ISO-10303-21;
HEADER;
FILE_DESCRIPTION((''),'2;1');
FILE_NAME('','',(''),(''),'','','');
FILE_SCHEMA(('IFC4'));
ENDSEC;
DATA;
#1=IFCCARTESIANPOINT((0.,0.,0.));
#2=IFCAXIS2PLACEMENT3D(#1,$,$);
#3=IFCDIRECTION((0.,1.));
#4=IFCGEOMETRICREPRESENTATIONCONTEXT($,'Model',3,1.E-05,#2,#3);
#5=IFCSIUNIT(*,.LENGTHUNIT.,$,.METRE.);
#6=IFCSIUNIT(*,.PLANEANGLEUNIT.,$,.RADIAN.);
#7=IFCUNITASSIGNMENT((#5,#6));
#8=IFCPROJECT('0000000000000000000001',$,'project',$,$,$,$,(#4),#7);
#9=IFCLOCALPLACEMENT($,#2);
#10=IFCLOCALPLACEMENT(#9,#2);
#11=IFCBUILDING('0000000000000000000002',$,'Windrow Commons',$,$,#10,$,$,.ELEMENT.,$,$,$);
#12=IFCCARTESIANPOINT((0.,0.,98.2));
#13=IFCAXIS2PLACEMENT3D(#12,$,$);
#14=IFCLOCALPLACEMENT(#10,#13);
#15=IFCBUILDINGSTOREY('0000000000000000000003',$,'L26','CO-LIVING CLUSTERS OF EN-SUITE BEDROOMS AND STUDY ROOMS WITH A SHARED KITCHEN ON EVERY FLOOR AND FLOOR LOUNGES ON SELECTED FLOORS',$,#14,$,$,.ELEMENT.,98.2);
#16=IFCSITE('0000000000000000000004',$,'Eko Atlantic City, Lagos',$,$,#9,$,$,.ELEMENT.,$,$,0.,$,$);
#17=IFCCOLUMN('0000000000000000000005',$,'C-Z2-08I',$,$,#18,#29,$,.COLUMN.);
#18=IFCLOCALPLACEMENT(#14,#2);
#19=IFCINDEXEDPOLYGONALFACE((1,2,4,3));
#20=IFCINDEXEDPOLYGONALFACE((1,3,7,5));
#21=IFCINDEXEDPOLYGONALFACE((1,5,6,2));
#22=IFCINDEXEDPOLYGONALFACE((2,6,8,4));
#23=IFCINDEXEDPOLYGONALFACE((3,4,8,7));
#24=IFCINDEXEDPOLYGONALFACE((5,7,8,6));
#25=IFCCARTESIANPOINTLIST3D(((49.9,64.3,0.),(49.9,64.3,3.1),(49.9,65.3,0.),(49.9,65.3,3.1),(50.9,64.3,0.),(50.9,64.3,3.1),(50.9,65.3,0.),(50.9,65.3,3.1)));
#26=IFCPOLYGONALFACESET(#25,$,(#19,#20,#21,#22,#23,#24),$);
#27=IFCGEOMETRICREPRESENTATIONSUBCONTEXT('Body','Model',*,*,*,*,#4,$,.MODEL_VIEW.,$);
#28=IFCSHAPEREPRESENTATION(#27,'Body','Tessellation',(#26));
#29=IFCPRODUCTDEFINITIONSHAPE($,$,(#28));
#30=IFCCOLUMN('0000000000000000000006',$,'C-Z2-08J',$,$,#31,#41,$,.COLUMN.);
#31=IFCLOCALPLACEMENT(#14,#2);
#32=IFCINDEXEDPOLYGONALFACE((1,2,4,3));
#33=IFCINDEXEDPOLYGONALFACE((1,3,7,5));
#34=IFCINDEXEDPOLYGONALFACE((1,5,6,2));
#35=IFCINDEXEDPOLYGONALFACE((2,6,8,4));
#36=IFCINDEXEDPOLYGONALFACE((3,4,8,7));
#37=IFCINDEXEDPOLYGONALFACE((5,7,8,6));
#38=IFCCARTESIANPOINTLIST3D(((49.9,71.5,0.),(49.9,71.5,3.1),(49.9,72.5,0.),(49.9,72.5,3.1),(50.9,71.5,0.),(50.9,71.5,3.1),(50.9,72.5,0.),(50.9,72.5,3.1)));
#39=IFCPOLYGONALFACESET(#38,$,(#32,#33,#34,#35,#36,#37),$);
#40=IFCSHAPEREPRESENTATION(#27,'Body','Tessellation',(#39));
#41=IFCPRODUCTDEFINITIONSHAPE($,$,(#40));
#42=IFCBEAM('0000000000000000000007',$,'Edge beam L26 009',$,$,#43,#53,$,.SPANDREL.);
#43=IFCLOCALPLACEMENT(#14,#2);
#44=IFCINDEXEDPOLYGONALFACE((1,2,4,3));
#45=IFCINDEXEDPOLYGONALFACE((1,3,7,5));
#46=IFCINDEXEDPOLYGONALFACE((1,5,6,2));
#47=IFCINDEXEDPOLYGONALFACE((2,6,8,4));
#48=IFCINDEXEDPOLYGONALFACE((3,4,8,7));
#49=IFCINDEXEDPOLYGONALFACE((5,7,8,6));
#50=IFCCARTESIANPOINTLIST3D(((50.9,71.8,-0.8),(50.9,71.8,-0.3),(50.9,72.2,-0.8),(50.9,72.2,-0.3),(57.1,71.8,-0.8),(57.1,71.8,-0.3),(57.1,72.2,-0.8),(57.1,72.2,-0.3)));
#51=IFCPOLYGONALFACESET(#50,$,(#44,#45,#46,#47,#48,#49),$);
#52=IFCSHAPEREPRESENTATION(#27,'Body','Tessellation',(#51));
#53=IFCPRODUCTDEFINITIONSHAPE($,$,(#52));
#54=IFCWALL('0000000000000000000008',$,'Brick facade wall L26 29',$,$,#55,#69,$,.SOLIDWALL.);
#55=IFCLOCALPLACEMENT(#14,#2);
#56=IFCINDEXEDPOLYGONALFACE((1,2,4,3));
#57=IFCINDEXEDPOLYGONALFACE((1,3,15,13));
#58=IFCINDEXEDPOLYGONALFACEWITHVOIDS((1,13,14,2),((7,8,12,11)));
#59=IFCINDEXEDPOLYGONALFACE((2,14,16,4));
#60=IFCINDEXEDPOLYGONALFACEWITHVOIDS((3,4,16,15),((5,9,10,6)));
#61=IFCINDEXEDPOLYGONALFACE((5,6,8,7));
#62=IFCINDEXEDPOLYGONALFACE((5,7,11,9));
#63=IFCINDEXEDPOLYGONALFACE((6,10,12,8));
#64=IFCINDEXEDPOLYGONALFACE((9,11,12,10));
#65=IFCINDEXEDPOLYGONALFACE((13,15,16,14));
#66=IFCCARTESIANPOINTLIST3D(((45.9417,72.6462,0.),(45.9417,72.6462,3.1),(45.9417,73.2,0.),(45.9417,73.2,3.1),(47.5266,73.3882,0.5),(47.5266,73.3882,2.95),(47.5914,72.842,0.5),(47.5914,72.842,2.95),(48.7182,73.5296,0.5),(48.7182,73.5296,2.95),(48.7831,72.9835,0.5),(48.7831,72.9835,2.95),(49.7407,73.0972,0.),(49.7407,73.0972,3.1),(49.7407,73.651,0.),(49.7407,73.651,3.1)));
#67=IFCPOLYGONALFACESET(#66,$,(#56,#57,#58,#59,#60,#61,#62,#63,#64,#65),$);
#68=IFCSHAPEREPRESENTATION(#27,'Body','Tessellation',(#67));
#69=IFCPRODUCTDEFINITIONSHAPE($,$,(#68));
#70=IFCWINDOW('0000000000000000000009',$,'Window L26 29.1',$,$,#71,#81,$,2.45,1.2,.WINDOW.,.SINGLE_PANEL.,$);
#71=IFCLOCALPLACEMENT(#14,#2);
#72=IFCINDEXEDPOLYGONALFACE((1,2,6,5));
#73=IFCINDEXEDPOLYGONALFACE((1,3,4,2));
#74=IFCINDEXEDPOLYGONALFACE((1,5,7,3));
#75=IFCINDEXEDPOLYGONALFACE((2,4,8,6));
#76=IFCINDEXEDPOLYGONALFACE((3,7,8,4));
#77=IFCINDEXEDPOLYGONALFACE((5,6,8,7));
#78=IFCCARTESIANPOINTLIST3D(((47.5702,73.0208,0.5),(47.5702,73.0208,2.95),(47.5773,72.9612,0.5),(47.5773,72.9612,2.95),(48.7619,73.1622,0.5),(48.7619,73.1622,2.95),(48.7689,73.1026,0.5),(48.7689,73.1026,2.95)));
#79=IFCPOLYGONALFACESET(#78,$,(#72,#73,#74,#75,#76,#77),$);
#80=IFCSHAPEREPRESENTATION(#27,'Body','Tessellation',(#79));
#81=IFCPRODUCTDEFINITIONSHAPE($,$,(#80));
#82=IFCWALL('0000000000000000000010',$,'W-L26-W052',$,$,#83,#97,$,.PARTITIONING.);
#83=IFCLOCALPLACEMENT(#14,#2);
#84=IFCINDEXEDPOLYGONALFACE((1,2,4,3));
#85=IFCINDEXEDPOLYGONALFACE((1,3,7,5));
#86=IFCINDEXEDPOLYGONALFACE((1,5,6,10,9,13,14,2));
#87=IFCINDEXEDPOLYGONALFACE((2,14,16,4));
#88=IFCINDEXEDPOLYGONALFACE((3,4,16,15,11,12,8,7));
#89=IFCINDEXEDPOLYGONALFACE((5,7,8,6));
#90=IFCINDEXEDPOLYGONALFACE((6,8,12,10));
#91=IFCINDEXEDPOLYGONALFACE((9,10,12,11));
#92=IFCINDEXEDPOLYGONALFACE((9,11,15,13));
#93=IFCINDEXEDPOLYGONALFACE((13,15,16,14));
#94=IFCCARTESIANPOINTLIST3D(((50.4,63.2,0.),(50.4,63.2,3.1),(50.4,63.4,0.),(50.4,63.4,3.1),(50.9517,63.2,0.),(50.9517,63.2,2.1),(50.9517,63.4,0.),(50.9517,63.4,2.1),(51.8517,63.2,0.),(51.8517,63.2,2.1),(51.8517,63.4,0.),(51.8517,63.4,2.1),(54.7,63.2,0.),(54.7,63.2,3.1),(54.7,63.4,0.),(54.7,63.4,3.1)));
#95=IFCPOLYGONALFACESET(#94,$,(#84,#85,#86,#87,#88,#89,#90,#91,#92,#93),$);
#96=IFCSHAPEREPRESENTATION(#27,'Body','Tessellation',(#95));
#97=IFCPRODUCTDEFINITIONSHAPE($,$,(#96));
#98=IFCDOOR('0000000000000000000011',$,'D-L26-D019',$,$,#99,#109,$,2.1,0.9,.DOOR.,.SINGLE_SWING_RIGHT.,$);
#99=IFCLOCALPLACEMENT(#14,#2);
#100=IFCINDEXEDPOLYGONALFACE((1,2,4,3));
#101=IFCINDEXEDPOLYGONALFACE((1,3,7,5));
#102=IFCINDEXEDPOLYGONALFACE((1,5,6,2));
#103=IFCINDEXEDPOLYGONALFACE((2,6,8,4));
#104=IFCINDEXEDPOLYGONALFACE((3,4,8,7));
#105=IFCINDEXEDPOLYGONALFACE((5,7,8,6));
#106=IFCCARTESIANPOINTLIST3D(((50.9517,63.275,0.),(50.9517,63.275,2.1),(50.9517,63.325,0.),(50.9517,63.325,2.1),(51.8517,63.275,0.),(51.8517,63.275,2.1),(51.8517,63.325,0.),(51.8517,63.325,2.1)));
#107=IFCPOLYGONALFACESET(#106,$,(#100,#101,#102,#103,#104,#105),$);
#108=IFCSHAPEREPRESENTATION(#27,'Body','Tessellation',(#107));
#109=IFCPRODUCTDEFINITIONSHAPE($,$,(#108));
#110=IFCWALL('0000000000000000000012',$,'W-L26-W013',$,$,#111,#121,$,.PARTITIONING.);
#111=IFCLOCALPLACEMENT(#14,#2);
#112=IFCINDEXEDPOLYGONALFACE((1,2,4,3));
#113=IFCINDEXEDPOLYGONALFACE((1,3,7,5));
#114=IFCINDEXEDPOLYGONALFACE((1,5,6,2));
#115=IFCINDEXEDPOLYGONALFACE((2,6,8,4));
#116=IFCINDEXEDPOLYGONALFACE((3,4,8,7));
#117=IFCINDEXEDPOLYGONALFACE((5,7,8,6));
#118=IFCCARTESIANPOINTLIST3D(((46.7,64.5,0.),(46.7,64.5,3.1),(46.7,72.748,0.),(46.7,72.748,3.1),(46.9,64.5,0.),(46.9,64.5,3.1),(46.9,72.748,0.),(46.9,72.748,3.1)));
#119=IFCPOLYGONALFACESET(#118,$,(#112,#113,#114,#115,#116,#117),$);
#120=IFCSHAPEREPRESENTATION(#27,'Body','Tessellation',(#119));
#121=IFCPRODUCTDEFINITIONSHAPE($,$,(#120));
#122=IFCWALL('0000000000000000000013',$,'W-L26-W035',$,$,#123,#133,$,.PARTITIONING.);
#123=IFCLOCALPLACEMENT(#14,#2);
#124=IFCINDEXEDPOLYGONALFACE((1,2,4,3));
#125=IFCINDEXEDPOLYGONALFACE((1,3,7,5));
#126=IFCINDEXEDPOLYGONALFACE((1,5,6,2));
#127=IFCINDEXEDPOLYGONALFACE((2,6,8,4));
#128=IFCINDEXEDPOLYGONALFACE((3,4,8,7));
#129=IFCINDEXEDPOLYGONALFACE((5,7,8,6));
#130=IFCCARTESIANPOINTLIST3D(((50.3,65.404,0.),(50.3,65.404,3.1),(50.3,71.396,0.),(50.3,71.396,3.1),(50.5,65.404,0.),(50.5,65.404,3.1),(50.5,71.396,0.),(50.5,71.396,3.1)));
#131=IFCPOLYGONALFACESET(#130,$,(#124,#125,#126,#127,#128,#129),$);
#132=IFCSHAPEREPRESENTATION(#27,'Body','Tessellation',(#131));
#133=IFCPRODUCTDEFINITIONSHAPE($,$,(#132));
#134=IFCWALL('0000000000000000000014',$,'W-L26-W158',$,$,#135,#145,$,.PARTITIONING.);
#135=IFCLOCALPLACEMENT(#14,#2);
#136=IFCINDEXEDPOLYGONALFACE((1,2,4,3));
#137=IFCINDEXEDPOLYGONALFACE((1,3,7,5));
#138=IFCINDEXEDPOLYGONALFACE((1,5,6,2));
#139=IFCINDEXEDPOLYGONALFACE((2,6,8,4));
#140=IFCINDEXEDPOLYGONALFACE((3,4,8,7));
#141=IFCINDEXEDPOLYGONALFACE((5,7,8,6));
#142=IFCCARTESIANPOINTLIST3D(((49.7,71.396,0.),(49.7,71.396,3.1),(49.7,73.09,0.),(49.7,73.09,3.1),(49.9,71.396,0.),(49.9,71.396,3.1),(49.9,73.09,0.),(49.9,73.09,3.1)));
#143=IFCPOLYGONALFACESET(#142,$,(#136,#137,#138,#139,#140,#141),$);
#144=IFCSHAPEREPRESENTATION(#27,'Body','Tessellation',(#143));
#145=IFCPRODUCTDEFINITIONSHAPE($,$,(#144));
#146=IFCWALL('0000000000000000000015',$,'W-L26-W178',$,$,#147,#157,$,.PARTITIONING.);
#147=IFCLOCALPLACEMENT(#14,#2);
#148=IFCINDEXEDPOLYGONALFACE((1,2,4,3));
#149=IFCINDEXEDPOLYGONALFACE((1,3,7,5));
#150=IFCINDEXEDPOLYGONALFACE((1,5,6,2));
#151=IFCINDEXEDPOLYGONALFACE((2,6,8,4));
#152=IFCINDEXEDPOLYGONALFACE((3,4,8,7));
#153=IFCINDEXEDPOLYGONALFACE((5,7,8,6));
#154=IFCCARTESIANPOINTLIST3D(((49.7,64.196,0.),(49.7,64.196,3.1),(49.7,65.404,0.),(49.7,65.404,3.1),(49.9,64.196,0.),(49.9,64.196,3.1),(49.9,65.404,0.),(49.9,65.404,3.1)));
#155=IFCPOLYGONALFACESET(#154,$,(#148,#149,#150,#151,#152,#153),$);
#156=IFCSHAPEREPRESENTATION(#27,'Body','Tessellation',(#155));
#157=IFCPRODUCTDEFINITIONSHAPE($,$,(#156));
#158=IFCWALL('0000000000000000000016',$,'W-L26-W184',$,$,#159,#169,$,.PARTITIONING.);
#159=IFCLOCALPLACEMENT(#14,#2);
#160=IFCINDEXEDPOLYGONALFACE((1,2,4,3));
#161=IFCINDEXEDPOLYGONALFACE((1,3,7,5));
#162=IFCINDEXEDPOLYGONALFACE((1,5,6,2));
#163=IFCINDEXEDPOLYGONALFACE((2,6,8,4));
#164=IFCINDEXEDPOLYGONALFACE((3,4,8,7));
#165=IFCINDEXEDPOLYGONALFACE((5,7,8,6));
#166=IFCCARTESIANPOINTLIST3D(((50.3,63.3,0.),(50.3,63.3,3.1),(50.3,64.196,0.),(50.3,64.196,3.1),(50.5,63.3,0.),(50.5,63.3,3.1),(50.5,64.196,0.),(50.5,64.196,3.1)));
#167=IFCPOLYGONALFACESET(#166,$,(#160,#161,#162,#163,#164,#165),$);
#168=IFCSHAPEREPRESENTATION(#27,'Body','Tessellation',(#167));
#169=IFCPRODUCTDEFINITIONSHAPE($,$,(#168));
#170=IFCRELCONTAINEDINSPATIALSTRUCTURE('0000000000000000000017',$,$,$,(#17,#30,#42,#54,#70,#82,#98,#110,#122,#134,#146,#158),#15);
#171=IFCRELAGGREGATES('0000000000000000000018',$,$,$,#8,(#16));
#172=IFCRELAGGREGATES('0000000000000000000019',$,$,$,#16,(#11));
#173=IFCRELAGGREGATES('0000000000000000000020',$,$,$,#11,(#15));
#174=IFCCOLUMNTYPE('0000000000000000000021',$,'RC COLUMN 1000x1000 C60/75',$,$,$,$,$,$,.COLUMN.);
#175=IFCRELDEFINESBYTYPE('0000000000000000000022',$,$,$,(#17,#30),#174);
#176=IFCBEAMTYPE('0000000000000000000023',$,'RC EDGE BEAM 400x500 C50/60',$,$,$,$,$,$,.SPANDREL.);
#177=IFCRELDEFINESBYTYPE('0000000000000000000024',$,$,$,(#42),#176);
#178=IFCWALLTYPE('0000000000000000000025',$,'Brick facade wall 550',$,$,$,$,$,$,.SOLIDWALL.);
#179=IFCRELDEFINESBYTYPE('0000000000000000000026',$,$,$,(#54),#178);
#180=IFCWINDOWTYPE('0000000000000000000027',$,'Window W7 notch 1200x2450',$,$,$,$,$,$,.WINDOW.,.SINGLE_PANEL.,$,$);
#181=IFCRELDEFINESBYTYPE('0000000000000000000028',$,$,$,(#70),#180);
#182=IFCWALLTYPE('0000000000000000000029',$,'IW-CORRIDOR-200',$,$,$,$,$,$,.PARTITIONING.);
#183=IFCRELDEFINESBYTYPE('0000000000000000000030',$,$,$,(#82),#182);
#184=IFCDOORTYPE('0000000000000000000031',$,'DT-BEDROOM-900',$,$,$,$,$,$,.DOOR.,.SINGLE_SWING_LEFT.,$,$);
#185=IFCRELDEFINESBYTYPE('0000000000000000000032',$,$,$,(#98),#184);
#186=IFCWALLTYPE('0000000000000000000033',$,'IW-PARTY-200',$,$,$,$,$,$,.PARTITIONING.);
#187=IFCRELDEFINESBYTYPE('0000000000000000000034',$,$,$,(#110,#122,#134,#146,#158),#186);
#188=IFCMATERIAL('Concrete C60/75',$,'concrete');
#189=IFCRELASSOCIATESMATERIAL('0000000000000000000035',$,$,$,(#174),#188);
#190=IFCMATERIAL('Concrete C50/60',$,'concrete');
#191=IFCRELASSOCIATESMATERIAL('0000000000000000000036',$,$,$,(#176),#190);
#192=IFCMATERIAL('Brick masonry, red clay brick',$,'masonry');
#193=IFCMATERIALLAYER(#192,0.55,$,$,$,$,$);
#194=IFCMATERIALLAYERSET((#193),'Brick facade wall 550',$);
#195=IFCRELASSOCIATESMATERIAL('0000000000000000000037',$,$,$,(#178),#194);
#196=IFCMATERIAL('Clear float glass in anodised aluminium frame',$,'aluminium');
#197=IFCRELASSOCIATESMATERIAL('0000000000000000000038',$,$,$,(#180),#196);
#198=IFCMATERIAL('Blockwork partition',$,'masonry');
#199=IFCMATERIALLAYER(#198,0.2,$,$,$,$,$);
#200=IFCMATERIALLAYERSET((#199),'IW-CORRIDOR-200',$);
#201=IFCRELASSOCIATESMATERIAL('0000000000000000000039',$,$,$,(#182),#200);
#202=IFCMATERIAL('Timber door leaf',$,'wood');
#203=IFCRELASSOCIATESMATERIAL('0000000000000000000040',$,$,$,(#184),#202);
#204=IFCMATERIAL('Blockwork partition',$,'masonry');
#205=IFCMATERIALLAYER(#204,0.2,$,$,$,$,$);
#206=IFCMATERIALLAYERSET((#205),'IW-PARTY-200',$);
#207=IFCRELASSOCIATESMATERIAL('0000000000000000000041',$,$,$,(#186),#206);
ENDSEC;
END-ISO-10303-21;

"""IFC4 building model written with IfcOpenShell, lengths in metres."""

from ifc_helpers import new_model, si_unit, direction, frame, frame_2d, origin, origin_2d, place, context, subcontext, project, spatial, polyline, rectangle, outline, extrude, material, layer, layer_set, material_profile, profile_set, type_object, element, fill, save


model = new_model("IFC4")

# Units and contexts
model_context = context("Model", 3, precision=1e-05, world=origin(), true_north=direction((0.0, 1.0)))
body_context = subcontext(model_context, "Body", "Model", "MODEL_VIEW")
ifc_project = project(units=[si_unit("LENGTHUNIT", "METRE"), si_unit("PLANEANGLEUNIT", "RADIAN")], contexts=[model_context])

# Site, building, storey
site_placement = place(None, origin())
site = spatial("IfcSite", under=ifc_project, at=site_placement, Name="Eko Atlantic City, Lagos", CompositionType="ELEMENT", RefElevation=0.0)
building_placement = place(site_placement, origin())
building = spatial("IfcBuilding", under=site, at=building_placement, Name="Windrow Commons", CompositionType="ELEMENT")
storey_placement = place(building_placement, frame((0.0, 0.0, 98.2)))
storey = spatial("IfcBuildingStorey", under=building, at=storey_placement, Name="L26", Description="CO-LIVING CLUSTERS OF EN-SUITE BEDROOMS AND STUDY ROOMS WITH A SHARED KITCHEN ON EVERY FLOOR AND FLOOR LOUNGES ON SELECTED FLOORS", CompositionType="ELEMENT", Elevation=98.2)

# Columns
ifc_material_1 = material(Name="Concrete C60/75", Category="concrete")
ifc_material_profile_1 = material_profile(ifc_material_1, rectangle(XDim=1.0, YDim=1.0, at=origin_2d()))
ifc_profile_set_1 = profile_set([ifc_material_profile_1], Name="Concrete C60/75")
column_type = type_object("IfcColumnType", Name="RC COLUMN 1000x1000 C60/75", PredefinedType="COLUMN", material=ifc_profile_set_1)
for number, where, z_axis, x_axis, name in (
    (1, (50.4, 64.8, 0.0), (0.0, 0.0, 1.0), (1.0, 0.0, 0.0), "C-Z2-08I"),
    (2, (50.4, 72.0, 0.0), (0.0, 0.0, 1.0), (1.0, 0.0, 0.0), "C-Z2-08J"),
):
    element("IfcColumn", number, at=place(storey_placement, frame(where, z_axis=z_axis, x_axis=x_axis)), inside=storey, type_object=column_type, Name=name, PredefinedType="COLUMN", context=body_context, shape_type="SweptSolid", body=[
        extrude(rectangle(XDim=1.0, YDim=1.0, at=origin_2d()), origin(), (0.0, 0.0, 1.0), 3.1),
    ])

# Beam
ifc_material_2 = material(Name="Concrete C50/60", Category="concrete")
ifc_material_profile_2 = material_profile(ifc_material_2, rectangle(XDim=0.4, YDim=0.5, at=origin_2d()))
ifc_profile_set_2 = profile_set([ifc_material_profile_2], Name="Concrete C50/60")
beam_type = type_object("IfcBeamType", Name="RC EDGE BEAM 400x500 C50/60", PredefinedType="SPANDREL", material=ifc_profile_set_2)
beam_placement = place(storey_placement, frame((50.9, 72.0, -0.55), z_axis=(1.0, 0.0, 0.0), x_axis=(0.0, 1.0, 0.0)))
element("IfcBeam", 3, at=beam_placement, inside=storey, type_object=beam_type, Name="Edge beam L26 009", PredefinedType="SPANDREL", context=body_context, shape_type="SweptSolid", body=[
    extrude(rectangle(XDim=0.4, YDim=0.5, at=origin_2d()), origin(), (0.0, 0.0, 1.0), 6.2),
])

# Wall, opening, window
ifc_material_3 = material(Name="Brick masonry, red clay brick", Category="masonry")
ifc_layer_1 = layer(ifc_material_3, 0.55)
ifc_layer_set_1 = layer_set([ifc_layer_1], Name="Brick facade wall 550")
wall_type_1 = type_object("IfcWallType", Name="Brick facade wall 550", PredefinedType="SOLIDWALL", material=ifc_layer_set_1)
wall_1_placement = place(storey_placement, frame((49.7407, 73.3741, 0.0), z_axis=(0.0, 0.0, 1.0), x_axis=(-0.993027, -0.117891, 0.0)))
wall_1 = element("IfcWall", 4, at=wall_1_placement, inside=storey, type_object=wall_type_1, Name="Brick facade wall L26 29", PredefinedType="SOLIDWALL", context=body_context, shape_type="SweptSolid", body=[
    extrude(outline(polyline([(-0.0326, -0.275), (3.793, -0.275), (3.8583, 0.275), (0.0326, 0.275), (-0.0326, -0.275)])), origin(), (0.0, 0.0, 1.0), 3.1),
])
opening_1_placement = place(wall_1_placement, frame((0.997, 0.0, 0.5)))
opening_1 = element("IfcOpeningElement", 5, at=opening_1_placement, cuts=wall_1, PredefinedType="OPENING", context=body_context, shape_type="SweptSolid", body=[
    extrude(rectangle(XDim=1.2, YDim=2.45, at=frame_2d((0.6, 1.225))), frame((0.0, 0.285, 0.0), z_axis=(0.0, -1.0, 0.0), x_axis=(1.0, 0.0, 0.0)), (0.0, 0.0, 1.0), 0.57),
])
ifc_material_4 = material(Name="Clear float glass in anodised aluminium frame", Category="aluminium")
window_type = type_object("IfcWindowType", Name="Window W7 notch 1200x2450", PartitioningType="SINGLE_PANEL", PredefinedType="WINDOW", material=ifc_material_4)
window_placement = place(opening_1_placement, origin())
window = element("IfcWindow", 6, at=window_placement, inside=storey, type_object=window_type, Name="Window L26 29.1", OverallHeight=2.45, OverallWidth=1.2, PartitioningType="SINGLE_PANEL", PredefinedType="WINDOW", context=body_context, shape_type="SweptSolid", body=[
    extrude(rectangle(XDim=1.2, YDim=2.45, at=frame_2d((0.6, 1.225))), frame((0.0, 0.155, 0.0), z_axis=(0.0, -1.0, 0.0), x_axis=(1.0, 0.0, 0.0)), (0.0, 0.0, 1.0), 0.06),
])
fill(opening_1, window)

# Wall, opening, door
ifc_material_5 = material(Name="Blockwork partition", Category="masonry")
ifc_layer_2 = layer(ifc_material_5, 0.2)
ifc_layer_set_2 = layer_set([ifc_layer_2], Name="IW-CORRIDOR-200")
wall_type_2 = type_object("IfcWallType", Name="IW-CORRIDOR-200", PredefinedType="PARTITIONING", material=ifc_layer_set_2)
wall_2_placement = place(storey_placement, frame((50.4, 63.3, 0.0), z_axis=(0.0, 0.0, 1.0), x_axis=(1.0, 0.0, 0.0)))
wall_2 = element("IfcWall", 7, at=wall_2_placement, inside=storey, type_object=wall_type_2, Name="W-L26-W052", PredefinedType="PARTITIONING", context=body_context, shape_type="SweptSolid", body=[
    extrude(rectangle(XDim=4.3, YDim=0.2, at=frame_2d((2.15, 0.0))), origin(), (0.0, 0.0, 1.0), 3.1),
])
opening_2_placement = place(wall_2_placement, frame((0.5517, 0.0, 0.0)))
opening_2 = element("IfcOpeningElement", 8, at=opening_2_placement, cuts=wall_2, PredefinedType="OPENING", context=body_context, shape_type="SweptSolid", body=[
    extrude(rectangle(XDim=0.9, YDim=2.1, at=frame_2d((0.45, 1.05))), frame((0.0, 0.11, 0.0), z_axis=(0.0, -1.0, 0.0), x_axis=(1.0, 0.0, 0.0)), (0.0, 0.0, 1.0), 0.22),
])
ifc_material_6 = material(Name="Timber door leaf", Category="wood")
door_type = type_object("IfcDoorType", Name="DT-BEDROOM-900", OperationType="SINGLE_SWING_LEFT", PredefinedType="DOOR", material=ifc_material_6)
door_placement = place(opening_2_placement, origin())
door = element("IfcDoor", 9, at=door_placement, inside=storey, type_object=door_type, Name="D-L26-D019", OperationType="SINGLE_SWING_RIGHT", OverallHeight=2.1, OverallWidth=0.9, PredefinedType="DOOR", context=body_context, shape_type="SweptSolid", body=[
    extrude(rectangle(XDim=0.9, YDim=2.1, at=frame_2d((0.45, 1.05))), frame((0.0, 0.025, 0.0), z_axis=(0.0, -1.0, 0.0), x_axis=(1.0, 0.0, 0.0)), (0.0, 0.0, 1.0), 0.05),
])
fill(opening_2, door)

# Walls
ifc_material_7 = material(Name="Blockwork partition", Category="masonry")
ifc_layer_3 = layer(ifc_material_7, 0.2)
ifc_layer_set_3 = layer_set([ifc_layer_3], Name="IW-PARTY-200")
wall_type_3 = type_object("IfcWallType", Name="IW-PARTY-200", PredefinedType="PARTITIONING", material=ifc_layer_set_3)
wall_3_placement = place(storey_placement, frame((46.8, 64.5, 0.0), z_axis=(0.0, 0.0, 1.0), x_axis=(0.0, 1.0, 0.0)))
element("IfcWall", 10, at=wall_3_placement, inside=storey, type_object=wall_type_3, Name="W-L26-W013", PredefinedType="PARTITIONING", context=body_context, shape_type="SweptSolid", body=[
    extrude(rectangle(XDim=8.248, YDim=0.2, at=frame_2d((4.124, 0.0))), origin(), (0.0, 0.0, 1.0), 3.1),
])
wall_4_placement = place(storey_placement, frame((50.4, 65.404, 0.0), z_axis=(0.0, 0.0, 1.0), x_axis=(0.0, 1.0, 0.0)))
element("IfcWall", 11, at=wall_4_placement, inside=storey, type_object=wall_type_3, Name="W-L26-W035", PredefinedType="PARTITIONING", context=body_context, shape_type="SweptSolid", body=[
    extrude(rectangle(XDim=5.992, YDim=0.2, at=frame_2d((2.996, 0.0))), origin(), (0.0, 0.0, 1.0), 3.1),
])
wall_5_placement = place(storey_placement, frame((49.8, 71.396, 0.0), z_axis=(0.0, 0.0, 1.0), x_axis=(0.0, 1.0, 0.0)))
element("IfcWall", 12, at=wall_5_placement, inside=storey, type_object=wall_type_3, Name="W-L26-W158", PredefinedType="PARTITIONING", context=body_context, shape_type="SweptSolid", body=[
    extrude(rectangle(XDim=1.6941, YDim=0.2, at=frame_2d((0.847, 0.0))), origin(), (0.0, 0.0, 1.0), 3.1),
])
wall_6_placement = place(storey_placement, frame((49.8, 64.196, 0.0), z_axis=(0.0, 0.0, 1.0), x_axis=(0.0, 1.0, 0.0)))
element("IfcWall", 13, at=wall_6_placement, inside=storey, type_object=wall_type_3, Name="W-L26-W178", PredefinedType="PARTITIONING", context=body_context, shape_type="SweptSolid", body=[
    extrude(rectangle(XDim=1.208, YDim=0.2, at=frame_2d((0.604, 0.0))), origin(), (0.0, 0.0, 1.0), 3.1),
])
wall_7_placement = place(storey_placement, frame((50.4, 63.3, 0.0), z_axis=(0.0, 0.0, 1.0), x_axis=(0.0, 1.0, 0.0)))
element("IfcWall", 14, at=wall_7_placement, inside=storey, type_object=wall_type_3, Name="W-L26-W184", PredefinedType="PARTITIONING", context=body_context, shape_type="SweptSolid", body=[
    extrude(rectangle(XDim=0.896, YDim=0.2, at=frame_2d((0.448, 0.0))), origin(), (0.0, 0.0, 1.0), 3.1),
])

save(model, "model.ifc")
